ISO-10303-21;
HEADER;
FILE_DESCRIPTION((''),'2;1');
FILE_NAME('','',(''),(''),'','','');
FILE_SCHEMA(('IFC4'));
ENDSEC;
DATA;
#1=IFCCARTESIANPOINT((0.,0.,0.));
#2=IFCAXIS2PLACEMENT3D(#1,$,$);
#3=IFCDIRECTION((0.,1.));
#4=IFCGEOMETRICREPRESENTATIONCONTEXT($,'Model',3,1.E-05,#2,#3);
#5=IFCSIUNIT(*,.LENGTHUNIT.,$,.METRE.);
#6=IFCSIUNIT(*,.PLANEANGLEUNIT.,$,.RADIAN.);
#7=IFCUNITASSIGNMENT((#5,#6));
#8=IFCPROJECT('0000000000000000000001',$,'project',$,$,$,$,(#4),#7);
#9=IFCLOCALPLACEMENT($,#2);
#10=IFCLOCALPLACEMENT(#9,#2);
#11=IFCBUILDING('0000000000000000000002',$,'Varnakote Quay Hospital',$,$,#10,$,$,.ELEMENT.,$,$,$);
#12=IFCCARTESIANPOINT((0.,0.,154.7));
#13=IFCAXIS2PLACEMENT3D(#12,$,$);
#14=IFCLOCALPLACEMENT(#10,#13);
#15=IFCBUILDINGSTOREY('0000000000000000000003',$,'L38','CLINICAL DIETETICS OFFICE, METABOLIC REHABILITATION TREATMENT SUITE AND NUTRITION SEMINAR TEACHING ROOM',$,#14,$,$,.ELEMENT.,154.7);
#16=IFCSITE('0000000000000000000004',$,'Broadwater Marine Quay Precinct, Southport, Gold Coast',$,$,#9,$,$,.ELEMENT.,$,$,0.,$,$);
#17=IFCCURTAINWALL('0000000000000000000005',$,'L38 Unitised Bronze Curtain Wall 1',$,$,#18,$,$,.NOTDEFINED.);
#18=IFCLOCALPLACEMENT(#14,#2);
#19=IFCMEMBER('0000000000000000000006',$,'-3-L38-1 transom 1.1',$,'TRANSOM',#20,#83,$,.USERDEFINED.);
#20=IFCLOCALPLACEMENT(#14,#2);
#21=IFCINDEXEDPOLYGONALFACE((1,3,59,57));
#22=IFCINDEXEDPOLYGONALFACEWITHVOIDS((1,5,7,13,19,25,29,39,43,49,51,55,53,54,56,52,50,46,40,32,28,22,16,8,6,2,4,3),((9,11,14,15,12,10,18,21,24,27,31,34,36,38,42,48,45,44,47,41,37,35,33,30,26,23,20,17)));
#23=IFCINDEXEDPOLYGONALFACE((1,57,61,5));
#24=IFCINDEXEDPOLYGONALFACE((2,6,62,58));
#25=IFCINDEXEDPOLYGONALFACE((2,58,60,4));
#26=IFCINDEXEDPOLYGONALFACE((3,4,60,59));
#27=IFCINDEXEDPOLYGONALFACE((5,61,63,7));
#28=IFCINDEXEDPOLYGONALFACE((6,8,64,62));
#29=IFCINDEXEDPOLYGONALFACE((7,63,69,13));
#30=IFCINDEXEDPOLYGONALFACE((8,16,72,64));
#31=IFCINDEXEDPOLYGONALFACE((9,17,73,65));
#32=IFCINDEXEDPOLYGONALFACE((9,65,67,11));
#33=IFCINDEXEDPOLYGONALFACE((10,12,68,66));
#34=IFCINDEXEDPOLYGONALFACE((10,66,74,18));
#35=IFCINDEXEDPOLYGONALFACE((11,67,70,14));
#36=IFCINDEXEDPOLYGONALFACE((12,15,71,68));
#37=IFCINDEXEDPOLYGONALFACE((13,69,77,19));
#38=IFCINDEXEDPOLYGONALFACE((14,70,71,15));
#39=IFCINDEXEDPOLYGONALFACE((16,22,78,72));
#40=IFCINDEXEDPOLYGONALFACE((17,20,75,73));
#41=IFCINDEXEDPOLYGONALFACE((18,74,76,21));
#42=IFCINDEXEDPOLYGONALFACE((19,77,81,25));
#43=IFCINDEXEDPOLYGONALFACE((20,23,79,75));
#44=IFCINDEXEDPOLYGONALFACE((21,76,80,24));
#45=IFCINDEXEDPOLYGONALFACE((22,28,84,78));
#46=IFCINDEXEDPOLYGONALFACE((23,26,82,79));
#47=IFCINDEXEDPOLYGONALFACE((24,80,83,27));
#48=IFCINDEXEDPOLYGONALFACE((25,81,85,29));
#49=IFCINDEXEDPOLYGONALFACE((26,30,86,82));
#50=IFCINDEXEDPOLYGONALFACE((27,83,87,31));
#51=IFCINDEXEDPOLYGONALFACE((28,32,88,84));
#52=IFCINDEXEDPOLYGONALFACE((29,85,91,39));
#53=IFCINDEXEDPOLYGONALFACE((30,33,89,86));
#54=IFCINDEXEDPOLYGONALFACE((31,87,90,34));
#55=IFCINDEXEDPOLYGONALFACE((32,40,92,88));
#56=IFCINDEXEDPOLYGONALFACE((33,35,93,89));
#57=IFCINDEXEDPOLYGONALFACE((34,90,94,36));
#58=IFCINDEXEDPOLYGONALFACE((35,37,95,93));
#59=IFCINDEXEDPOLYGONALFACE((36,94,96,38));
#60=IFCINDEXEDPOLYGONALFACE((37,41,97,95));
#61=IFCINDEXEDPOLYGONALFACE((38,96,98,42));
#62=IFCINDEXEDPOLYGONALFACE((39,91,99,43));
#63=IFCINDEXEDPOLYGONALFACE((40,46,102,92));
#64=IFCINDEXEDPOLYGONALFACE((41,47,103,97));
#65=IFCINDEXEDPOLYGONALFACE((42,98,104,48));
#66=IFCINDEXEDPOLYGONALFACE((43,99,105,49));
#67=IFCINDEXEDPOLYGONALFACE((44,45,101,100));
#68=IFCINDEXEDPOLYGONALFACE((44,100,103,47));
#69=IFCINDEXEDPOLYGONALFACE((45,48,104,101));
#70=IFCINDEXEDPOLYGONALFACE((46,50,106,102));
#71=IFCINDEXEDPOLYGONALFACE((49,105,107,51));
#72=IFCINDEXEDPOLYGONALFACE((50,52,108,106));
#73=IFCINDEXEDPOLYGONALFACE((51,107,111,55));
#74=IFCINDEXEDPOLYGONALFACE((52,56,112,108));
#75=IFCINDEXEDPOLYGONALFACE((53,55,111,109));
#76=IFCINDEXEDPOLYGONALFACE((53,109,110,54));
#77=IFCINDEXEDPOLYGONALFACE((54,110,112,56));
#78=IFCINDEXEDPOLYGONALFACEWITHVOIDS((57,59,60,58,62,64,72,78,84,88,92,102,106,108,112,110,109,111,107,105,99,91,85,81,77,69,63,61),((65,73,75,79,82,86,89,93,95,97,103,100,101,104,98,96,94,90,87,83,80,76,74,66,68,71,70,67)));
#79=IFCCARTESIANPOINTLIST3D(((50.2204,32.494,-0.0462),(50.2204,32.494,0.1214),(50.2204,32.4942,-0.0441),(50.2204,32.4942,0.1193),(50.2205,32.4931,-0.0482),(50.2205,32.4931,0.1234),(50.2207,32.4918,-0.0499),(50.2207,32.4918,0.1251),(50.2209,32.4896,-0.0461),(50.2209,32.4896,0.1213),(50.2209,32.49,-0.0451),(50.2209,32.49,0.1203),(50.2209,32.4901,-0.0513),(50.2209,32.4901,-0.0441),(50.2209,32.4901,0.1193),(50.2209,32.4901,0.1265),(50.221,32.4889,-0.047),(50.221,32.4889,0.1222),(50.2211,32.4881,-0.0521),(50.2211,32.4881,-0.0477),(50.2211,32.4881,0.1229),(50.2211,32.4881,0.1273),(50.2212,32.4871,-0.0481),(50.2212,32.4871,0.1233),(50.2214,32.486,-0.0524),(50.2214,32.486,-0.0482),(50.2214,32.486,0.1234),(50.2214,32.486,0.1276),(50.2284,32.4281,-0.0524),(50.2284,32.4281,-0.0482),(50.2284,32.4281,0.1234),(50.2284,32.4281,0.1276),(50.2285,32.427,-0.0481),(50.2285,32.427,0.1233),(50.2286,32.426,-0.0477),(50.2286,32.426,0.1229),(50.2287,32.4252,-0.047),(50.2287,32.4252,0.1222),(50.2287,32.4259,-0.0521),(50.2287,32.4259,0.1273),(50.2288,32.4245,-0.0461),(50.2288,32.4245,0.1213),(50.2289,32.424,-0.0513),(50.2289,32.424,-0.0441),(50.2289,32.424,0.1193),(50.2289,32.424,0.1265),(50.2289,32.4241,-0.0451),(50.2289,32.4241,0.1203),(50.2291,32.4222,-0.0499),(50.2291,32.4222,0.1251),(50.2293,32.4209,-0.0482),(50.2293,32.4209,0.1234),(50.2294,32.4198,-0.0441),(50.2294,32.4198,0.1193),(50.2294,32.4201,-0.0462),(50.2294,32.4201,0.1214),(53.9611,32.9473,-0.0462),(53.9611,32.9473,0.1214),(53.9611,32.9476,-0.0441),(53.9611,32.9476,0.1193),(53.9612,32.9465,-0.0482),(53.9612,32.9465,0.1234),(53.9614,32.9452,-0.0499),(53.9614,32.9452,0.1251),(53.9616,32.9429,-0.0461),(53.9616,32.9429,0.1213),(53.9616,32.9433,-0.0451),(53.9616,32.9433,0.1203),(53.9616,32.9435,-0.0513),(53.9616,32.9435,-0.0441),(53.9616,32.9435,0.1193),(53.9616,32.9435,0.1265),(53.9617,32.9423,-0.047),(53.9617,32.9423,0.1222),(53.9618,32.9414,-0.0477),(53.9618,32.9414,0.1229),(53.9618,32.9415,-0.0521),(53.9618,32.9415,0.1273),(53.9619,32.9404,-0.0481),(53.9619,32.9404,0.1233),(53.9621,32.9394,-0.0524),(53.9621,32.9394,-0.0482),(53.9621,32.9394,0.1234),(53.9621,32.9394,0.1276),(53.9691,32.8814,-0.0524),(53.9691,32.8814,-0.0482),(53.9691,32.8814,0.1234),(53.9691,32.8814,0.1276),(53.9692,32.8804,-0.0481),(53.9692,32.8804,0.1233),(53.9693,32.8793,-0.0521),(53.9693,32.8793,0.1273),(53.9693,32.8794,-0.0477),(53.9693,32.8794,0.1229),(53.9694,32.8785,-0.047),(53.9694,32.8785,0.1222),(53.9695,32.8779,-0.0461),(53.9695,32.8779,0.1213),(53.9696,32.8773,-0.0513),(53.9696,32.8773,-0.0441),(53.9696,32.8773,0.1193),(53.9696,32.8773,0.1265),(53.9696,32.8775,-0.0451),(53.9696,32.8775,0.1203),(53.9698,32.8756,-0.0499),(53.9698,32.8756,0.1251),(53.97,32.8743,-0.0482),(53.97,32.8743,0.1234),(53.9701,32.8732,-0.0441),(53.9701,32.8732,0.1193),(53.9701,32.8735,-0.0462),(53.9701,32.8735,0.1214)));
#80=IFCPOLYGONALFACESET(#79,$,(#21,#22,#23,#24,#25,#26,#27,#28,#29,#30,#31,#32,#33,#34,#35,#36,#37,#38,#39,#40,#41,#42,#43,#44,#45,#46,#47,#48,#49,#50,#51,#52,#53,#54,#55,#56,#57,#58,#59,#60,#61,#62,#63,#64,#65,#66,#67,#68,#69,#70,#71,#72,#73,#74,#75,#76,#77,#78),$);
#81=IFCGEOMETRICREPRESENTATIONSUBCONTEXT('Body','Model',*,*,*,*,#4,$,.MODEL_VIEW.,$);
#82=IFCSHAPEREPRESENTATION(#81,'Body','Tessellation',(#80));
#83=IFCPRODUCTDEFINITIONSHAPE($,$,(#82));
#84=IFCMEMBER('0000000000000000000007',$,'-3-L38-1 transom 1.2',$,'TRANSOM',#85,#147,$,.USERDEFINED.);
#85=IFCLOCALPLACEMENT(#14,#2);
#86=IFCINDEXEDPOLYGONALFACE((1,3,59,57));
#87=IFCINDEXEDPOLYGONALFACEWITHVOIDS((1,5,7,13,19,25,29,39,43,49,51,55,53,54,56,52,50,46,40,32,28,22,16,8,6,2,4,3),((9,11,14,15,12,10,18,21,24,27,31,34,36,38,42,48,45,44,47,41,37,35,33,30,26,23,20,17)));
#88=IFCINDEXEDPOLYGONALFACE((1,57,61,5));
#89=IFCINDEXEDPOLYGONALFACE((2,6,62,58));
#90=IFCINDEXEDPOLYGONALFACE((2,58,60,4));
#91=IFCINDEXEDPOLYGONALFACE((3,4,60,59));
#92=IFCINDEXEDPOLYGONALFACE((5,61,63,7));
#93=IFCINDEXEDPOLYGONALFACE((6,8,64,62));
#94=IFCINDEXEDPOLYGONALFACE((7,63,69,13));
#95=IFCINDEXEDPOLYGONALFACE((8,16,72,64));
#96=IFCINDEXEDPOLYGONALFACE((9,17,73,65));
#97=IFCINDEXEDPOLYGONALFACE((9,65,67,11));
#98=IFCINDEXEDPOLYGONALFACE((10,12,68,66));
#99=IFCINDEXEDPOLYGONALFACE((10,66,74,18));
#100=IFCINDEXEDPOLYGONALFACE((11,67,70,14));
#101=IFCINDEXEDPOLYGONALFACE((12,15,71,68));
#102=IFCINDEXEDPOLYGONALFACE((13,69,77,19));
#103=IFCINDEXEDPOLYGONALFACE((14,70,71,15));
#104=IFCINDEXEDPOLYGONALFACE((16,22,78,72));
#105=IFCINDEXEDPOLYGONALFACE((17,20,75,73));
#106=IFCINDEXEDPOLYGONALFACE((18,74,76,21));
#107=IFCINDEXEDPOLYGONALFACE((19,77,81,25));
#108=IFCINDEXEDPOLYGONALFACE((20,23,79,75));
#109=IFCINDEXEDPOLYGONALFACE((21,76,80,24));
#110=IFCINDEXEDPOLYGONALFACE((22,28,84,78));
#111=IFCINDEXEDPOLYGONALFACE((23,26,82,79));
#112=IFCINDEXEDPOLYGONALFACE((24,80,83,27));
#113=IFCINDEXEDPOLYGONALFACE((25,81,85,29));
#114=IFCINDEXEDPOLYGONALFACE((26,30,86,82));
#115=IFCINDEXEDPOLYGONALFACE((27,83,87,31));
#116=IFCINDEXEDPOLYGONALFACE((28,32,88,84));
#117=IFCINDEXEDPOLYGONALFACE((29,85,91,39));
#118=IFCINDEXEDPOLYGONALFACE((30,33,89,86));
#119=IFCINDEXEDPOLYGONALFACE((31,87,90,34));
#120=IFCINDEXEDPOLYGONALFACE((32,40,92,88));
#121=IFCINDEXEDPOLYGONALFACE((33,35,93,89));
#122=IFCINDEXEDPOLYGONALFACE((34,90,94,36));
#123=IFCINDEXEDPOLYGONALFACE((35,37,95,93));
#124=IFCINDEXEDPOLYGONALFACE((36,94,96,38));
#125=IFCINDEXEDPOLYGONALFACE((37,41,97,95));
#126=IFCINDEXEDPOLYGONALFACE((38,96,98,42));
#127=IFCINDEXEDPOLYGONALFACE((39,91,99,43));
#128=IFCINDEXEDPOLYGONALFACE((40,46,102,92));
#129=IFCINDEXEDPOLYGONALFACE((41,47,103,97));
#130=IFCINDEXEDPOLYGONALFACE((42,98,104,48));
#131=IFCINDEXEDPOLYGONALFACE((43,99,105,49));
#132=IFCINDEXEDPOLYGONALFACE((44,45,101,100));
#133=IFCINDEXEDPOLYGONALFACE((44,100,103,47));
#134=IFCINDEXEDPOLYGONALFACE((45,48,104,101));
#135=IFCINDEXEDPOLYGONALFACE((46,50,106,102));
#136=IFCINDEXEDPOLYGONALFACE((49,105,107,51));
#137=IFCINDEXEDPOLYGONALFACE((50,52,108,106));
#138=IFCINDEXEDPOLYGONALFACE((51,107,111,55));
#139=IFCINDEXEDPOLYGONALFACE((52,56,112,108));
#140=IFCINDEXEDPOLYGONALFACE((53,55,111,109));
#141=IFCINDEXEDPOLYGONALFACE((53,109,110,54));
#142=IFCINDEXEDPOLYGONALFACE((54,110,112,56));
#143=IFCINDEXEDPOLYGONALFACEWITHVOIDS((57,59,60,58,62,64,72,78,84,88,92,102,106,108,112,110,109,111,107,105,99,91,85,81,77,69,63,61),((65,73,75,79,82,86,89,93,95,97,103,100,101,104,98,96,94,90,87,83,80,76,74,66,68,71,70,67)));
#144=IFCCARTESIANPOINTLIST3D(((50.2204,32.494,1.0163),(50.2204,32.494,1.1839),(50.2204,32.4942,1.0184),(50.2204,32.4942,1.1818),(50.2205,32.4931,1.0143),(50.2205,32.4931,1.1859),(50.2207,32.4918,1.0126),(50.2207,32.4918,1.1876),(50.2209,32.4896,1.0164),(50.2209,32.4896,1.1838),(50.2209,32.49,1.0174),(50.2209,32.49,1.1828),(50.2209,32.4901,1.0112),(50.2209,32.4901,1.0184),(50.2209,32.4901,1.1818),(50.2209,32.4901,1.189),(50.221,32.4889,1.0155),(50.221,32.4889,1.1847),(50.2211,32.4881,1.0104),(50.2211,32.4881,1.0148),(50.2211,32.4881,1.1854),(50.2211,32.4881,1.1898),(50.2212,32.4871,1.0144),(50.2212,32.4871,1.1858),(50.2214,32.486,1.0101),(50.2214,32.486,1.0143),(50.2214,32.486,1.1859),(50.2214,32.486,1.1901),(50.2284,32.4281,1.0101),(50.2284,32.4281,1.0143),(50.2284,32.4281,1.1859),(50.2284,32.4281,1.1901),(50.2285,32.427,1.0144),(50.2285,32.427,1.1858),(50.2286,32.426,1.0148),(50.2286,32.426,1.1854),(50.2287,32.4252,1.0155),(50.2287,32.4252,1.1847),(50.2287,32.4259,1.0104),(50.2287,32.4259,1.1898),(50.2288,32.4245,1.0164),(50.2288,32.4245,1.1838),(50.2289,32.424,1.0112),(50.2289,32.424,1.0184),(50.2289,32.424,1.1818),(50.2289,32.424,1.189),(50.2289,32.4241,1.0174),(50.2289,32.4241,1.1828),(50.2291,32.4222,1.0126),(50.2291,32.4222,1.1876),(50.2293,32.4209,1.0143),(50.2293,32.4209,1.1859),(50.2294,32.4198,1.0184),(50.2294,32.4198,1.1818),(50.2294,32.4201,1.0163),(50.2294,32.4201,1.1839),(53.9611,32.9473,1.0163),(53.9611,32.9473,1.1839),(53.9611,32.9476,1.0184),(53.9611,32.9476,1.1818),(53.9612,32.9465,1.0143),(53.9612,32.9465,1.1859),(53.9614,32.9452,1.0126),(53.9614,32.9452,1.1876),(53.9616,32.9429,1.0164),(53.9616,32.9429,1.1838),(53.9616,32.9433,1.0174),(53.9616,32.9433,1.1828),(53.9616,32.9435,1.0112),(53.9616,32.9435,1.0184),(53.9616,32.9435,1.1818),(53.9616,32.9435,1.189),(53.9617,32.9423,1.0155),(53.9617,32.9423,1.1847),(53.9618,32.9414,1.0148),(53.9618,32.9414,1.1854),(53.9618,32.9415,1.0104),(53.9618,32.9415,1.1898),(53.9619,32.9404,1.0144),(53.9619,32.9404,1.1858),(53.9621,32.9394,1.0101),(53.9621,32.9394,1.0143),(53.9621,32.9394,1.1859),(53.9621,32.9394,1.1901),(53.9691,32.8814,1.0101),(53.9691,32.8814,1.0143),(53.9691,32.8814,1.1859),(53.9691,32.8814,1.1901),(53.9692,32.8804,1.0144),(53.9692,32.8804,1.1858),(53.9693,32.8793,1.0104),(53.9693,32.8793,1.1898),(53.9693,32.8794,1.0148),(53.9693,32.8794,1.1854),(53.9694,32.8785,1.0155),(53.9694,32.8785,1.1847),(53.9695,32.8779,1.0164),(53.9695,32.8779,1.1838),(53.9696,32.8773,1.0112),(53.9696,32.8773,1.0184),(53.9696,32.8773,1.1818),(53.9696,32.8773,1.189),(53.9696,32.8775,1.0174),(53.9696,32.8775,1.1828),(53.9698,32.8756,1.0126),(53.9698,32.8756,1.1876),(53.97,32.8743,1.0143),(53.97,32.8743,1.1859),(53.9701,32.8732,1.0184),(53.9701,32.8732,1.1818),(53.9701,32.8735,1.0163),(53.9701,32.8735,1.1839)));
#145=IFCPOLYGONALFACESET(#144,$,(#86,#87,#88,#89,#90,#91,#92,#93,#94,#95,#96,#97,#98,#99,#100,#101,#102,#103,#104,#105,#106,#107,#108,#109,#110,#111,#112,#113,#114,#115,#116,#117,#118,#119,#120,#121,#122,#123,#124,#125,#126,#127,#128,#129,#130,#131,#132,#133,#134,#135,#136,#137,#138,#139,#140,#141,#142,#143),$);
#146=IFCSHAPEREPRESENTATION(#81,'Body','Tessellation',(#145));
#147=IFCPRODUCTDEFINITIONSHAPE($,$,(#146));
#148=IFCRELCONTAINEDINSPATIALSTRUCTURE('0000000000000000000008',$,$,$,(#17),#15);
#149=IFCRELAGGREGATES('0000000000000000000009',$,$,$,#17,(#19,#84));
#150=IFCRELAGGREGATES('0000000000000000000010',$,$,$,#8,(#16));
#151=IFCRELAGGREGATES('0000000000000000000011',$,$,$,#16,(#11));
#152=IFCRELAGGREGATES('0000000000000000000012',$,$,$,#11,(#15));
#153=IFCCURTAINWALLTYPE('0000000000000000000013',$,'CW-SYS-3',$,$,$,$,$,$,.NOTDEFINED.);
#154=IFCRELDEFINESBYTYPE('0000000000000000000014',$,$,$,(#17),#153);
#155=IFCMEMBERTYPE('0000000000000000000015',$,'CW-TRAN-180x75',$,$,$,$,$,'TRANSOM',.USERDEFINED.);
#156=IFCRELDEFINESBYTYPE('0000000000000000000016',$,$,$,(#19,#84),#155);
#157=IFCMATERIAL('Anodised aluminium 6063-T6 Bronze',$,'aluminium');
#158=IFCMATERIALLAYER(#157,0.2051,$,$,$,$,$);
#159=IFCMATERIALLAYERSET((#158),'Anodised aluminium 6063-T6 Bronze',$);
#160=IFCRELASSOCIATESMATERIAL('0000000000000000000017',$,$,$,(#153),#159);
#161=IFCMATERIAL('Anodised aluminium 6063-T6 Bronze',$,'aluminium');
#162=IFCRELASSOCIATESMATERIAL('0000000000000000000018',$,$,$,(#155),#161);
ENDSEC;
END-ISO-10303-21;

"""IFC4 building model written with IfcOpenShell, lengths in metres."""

from ifc_helpers import new_model, si_unit, direction, frame, origin, origin_2d, place, context, subcontext, project, spatial, hollow_rectangle, extrude, material, layer, layer_set, material_profile, profile_set, type_object, element, aggregate, save


model = new_model("IFC4")

# Units and contexts
model_context = context("Model", 3, precision=1e-05, world=origin(), true_north=direction((0.0, 1.0)))
body_context = subcontext(model_context, "Body", "Model", "MODEL_VIEW")
ifc_project = project(units=[si_unit("LENGTHUNIT", "METRE"), si_unit("PLANEANGLEUNIT", "RADIAN")], contexts=[model_context])

# Site, building, storey
site_placement = place(None, origin())
site = spatial("IfcSite", under=ifc_project, at=site_placement, Name="Broadwater Marine Quay Precinct, Southport, Gold Coast", CompositionType="ELEMENT", RefElevation=0.0)
building_placement = place(site_placement, origin())
building = spatial("IfcBuilding", under=site, at=building_placement, Name="Varnakote Quay Hospital", CompositionType="ELEMENT")
storey_placement = place(building_placement, frame((0.0, 0.0, 154.7)))
storey = spatial("IfcBuildingStorey", under=building, at=storey_placement, Name="L38", Description="CLINICAL DIETETICS OFFICE, METABOLIC REHABILITATION TREATMENT SUITE AND NUTRITION SEMINAR TEACHING ROOM", CompositionType="ELEMENT", Elevation=154.7)

# Curtain wall, members
ifc_material_1 = material(Name="Anodised aluminium 6063-T6 Bronze", Category="aluminium")
ifc_layer_1 = layer(ifc_material_1, 0.2051)
ifc_layer_set_1 = layer_set([ifc_layer_1], Name="Anodised aluminium 6063-T6 Bronze")
curtain_wall_type = type_object("IfcCurtainWallType", Name="CW-SYS-3", PredefinedType="NOTDEFINED", material=ifc_layer_set_1)
curtain_wall_placement = place(storey_placement, origin())
curtain_wall = element("IfcCurtainWall", 1, at=curtain_wall_placement, inside=storey, type_object=curtain_wall_type, Name="L38 Unitised Bronze Curtain Wall 1", PredefinedType="NOTDEFINED")
ifc_material_2 = material(Name="Anodised aluminium 6063-T6 Bronze", Category="aluminium")
ifc_material_profile_1 = material_profile(ifc_material_2, hollow_rectangle(XDim=0.075, YDim=0.1799, WallThickness=0.0042, InnerFilletRadius=0.0042, OuterFilletRadius=0.0083, at=origin_2d()), Name="CW-TRAN-180x75")
ifc_profile_set_1 = profile_set([ifc_material_profile_1], Name="Anodised aluminium 6063-T6 Bronze")
member_type_1 = type_object("IfcMemberType", Name="CW-TRAN-180x75", ElementType="TRANSOM", PredefinedType="USERDEFINED", material=ifc_profile_set_1)
member_1_placement = place(storey_placement, frame((53.9656, 32.9104, 0.0376), z_axis=(-0.992735, -0.120318, 0.0), x_axis=(0.120318, -0.992735, 0.0)))
member_1 = element("IfcMember", 2, at=member_1_placement, type_object=member_type_1, Name="-3-L38-1 transom 1.1", ObjectType="TRANSOM", PredefinedType="USERDEFINED", context=body_context, shape_type="SweptSolid", body=[
    extrude(hollow_rectangle(XDim=0.075, YDim=0.1799, WallThickness=0.0042, InnerFilletRadius=0.0042, OuterFilletRadius=0.0083, at=origin_2d()), origin(), (0.0, 0.0, 1.0), 3.7681),
])
member_2_placement = place(storey_placement, frame((53.9656, 32.9104, 1.1001), z_axis=(-0.992735, -0.120318, 0.0), x_axis=(0.120318, -0.992735, 0.0)))
member_2 = element("IfcMember", 3, at=member_2_placement, type_object=member_type_1, Name="-3-L38-1 transom 1.2", ObjectType="TRANSOM", PredefinedType="USERDEFINED", context=body_context, shape_type="SweptSolid", body=[
    extrude(hollow_rectangle(XDim=0.075, YDim=0.1799, WallThickness=0.0042, InnerFilletRadius=0.0042, OuterFilletRadius=0.0083, at=origin_2d()), origin(), (0.0, 0.0, 1.0), 3.7681),
])
aggregate(curtain_wall, [member_1, member_2])

save(model, "model.ifc")
